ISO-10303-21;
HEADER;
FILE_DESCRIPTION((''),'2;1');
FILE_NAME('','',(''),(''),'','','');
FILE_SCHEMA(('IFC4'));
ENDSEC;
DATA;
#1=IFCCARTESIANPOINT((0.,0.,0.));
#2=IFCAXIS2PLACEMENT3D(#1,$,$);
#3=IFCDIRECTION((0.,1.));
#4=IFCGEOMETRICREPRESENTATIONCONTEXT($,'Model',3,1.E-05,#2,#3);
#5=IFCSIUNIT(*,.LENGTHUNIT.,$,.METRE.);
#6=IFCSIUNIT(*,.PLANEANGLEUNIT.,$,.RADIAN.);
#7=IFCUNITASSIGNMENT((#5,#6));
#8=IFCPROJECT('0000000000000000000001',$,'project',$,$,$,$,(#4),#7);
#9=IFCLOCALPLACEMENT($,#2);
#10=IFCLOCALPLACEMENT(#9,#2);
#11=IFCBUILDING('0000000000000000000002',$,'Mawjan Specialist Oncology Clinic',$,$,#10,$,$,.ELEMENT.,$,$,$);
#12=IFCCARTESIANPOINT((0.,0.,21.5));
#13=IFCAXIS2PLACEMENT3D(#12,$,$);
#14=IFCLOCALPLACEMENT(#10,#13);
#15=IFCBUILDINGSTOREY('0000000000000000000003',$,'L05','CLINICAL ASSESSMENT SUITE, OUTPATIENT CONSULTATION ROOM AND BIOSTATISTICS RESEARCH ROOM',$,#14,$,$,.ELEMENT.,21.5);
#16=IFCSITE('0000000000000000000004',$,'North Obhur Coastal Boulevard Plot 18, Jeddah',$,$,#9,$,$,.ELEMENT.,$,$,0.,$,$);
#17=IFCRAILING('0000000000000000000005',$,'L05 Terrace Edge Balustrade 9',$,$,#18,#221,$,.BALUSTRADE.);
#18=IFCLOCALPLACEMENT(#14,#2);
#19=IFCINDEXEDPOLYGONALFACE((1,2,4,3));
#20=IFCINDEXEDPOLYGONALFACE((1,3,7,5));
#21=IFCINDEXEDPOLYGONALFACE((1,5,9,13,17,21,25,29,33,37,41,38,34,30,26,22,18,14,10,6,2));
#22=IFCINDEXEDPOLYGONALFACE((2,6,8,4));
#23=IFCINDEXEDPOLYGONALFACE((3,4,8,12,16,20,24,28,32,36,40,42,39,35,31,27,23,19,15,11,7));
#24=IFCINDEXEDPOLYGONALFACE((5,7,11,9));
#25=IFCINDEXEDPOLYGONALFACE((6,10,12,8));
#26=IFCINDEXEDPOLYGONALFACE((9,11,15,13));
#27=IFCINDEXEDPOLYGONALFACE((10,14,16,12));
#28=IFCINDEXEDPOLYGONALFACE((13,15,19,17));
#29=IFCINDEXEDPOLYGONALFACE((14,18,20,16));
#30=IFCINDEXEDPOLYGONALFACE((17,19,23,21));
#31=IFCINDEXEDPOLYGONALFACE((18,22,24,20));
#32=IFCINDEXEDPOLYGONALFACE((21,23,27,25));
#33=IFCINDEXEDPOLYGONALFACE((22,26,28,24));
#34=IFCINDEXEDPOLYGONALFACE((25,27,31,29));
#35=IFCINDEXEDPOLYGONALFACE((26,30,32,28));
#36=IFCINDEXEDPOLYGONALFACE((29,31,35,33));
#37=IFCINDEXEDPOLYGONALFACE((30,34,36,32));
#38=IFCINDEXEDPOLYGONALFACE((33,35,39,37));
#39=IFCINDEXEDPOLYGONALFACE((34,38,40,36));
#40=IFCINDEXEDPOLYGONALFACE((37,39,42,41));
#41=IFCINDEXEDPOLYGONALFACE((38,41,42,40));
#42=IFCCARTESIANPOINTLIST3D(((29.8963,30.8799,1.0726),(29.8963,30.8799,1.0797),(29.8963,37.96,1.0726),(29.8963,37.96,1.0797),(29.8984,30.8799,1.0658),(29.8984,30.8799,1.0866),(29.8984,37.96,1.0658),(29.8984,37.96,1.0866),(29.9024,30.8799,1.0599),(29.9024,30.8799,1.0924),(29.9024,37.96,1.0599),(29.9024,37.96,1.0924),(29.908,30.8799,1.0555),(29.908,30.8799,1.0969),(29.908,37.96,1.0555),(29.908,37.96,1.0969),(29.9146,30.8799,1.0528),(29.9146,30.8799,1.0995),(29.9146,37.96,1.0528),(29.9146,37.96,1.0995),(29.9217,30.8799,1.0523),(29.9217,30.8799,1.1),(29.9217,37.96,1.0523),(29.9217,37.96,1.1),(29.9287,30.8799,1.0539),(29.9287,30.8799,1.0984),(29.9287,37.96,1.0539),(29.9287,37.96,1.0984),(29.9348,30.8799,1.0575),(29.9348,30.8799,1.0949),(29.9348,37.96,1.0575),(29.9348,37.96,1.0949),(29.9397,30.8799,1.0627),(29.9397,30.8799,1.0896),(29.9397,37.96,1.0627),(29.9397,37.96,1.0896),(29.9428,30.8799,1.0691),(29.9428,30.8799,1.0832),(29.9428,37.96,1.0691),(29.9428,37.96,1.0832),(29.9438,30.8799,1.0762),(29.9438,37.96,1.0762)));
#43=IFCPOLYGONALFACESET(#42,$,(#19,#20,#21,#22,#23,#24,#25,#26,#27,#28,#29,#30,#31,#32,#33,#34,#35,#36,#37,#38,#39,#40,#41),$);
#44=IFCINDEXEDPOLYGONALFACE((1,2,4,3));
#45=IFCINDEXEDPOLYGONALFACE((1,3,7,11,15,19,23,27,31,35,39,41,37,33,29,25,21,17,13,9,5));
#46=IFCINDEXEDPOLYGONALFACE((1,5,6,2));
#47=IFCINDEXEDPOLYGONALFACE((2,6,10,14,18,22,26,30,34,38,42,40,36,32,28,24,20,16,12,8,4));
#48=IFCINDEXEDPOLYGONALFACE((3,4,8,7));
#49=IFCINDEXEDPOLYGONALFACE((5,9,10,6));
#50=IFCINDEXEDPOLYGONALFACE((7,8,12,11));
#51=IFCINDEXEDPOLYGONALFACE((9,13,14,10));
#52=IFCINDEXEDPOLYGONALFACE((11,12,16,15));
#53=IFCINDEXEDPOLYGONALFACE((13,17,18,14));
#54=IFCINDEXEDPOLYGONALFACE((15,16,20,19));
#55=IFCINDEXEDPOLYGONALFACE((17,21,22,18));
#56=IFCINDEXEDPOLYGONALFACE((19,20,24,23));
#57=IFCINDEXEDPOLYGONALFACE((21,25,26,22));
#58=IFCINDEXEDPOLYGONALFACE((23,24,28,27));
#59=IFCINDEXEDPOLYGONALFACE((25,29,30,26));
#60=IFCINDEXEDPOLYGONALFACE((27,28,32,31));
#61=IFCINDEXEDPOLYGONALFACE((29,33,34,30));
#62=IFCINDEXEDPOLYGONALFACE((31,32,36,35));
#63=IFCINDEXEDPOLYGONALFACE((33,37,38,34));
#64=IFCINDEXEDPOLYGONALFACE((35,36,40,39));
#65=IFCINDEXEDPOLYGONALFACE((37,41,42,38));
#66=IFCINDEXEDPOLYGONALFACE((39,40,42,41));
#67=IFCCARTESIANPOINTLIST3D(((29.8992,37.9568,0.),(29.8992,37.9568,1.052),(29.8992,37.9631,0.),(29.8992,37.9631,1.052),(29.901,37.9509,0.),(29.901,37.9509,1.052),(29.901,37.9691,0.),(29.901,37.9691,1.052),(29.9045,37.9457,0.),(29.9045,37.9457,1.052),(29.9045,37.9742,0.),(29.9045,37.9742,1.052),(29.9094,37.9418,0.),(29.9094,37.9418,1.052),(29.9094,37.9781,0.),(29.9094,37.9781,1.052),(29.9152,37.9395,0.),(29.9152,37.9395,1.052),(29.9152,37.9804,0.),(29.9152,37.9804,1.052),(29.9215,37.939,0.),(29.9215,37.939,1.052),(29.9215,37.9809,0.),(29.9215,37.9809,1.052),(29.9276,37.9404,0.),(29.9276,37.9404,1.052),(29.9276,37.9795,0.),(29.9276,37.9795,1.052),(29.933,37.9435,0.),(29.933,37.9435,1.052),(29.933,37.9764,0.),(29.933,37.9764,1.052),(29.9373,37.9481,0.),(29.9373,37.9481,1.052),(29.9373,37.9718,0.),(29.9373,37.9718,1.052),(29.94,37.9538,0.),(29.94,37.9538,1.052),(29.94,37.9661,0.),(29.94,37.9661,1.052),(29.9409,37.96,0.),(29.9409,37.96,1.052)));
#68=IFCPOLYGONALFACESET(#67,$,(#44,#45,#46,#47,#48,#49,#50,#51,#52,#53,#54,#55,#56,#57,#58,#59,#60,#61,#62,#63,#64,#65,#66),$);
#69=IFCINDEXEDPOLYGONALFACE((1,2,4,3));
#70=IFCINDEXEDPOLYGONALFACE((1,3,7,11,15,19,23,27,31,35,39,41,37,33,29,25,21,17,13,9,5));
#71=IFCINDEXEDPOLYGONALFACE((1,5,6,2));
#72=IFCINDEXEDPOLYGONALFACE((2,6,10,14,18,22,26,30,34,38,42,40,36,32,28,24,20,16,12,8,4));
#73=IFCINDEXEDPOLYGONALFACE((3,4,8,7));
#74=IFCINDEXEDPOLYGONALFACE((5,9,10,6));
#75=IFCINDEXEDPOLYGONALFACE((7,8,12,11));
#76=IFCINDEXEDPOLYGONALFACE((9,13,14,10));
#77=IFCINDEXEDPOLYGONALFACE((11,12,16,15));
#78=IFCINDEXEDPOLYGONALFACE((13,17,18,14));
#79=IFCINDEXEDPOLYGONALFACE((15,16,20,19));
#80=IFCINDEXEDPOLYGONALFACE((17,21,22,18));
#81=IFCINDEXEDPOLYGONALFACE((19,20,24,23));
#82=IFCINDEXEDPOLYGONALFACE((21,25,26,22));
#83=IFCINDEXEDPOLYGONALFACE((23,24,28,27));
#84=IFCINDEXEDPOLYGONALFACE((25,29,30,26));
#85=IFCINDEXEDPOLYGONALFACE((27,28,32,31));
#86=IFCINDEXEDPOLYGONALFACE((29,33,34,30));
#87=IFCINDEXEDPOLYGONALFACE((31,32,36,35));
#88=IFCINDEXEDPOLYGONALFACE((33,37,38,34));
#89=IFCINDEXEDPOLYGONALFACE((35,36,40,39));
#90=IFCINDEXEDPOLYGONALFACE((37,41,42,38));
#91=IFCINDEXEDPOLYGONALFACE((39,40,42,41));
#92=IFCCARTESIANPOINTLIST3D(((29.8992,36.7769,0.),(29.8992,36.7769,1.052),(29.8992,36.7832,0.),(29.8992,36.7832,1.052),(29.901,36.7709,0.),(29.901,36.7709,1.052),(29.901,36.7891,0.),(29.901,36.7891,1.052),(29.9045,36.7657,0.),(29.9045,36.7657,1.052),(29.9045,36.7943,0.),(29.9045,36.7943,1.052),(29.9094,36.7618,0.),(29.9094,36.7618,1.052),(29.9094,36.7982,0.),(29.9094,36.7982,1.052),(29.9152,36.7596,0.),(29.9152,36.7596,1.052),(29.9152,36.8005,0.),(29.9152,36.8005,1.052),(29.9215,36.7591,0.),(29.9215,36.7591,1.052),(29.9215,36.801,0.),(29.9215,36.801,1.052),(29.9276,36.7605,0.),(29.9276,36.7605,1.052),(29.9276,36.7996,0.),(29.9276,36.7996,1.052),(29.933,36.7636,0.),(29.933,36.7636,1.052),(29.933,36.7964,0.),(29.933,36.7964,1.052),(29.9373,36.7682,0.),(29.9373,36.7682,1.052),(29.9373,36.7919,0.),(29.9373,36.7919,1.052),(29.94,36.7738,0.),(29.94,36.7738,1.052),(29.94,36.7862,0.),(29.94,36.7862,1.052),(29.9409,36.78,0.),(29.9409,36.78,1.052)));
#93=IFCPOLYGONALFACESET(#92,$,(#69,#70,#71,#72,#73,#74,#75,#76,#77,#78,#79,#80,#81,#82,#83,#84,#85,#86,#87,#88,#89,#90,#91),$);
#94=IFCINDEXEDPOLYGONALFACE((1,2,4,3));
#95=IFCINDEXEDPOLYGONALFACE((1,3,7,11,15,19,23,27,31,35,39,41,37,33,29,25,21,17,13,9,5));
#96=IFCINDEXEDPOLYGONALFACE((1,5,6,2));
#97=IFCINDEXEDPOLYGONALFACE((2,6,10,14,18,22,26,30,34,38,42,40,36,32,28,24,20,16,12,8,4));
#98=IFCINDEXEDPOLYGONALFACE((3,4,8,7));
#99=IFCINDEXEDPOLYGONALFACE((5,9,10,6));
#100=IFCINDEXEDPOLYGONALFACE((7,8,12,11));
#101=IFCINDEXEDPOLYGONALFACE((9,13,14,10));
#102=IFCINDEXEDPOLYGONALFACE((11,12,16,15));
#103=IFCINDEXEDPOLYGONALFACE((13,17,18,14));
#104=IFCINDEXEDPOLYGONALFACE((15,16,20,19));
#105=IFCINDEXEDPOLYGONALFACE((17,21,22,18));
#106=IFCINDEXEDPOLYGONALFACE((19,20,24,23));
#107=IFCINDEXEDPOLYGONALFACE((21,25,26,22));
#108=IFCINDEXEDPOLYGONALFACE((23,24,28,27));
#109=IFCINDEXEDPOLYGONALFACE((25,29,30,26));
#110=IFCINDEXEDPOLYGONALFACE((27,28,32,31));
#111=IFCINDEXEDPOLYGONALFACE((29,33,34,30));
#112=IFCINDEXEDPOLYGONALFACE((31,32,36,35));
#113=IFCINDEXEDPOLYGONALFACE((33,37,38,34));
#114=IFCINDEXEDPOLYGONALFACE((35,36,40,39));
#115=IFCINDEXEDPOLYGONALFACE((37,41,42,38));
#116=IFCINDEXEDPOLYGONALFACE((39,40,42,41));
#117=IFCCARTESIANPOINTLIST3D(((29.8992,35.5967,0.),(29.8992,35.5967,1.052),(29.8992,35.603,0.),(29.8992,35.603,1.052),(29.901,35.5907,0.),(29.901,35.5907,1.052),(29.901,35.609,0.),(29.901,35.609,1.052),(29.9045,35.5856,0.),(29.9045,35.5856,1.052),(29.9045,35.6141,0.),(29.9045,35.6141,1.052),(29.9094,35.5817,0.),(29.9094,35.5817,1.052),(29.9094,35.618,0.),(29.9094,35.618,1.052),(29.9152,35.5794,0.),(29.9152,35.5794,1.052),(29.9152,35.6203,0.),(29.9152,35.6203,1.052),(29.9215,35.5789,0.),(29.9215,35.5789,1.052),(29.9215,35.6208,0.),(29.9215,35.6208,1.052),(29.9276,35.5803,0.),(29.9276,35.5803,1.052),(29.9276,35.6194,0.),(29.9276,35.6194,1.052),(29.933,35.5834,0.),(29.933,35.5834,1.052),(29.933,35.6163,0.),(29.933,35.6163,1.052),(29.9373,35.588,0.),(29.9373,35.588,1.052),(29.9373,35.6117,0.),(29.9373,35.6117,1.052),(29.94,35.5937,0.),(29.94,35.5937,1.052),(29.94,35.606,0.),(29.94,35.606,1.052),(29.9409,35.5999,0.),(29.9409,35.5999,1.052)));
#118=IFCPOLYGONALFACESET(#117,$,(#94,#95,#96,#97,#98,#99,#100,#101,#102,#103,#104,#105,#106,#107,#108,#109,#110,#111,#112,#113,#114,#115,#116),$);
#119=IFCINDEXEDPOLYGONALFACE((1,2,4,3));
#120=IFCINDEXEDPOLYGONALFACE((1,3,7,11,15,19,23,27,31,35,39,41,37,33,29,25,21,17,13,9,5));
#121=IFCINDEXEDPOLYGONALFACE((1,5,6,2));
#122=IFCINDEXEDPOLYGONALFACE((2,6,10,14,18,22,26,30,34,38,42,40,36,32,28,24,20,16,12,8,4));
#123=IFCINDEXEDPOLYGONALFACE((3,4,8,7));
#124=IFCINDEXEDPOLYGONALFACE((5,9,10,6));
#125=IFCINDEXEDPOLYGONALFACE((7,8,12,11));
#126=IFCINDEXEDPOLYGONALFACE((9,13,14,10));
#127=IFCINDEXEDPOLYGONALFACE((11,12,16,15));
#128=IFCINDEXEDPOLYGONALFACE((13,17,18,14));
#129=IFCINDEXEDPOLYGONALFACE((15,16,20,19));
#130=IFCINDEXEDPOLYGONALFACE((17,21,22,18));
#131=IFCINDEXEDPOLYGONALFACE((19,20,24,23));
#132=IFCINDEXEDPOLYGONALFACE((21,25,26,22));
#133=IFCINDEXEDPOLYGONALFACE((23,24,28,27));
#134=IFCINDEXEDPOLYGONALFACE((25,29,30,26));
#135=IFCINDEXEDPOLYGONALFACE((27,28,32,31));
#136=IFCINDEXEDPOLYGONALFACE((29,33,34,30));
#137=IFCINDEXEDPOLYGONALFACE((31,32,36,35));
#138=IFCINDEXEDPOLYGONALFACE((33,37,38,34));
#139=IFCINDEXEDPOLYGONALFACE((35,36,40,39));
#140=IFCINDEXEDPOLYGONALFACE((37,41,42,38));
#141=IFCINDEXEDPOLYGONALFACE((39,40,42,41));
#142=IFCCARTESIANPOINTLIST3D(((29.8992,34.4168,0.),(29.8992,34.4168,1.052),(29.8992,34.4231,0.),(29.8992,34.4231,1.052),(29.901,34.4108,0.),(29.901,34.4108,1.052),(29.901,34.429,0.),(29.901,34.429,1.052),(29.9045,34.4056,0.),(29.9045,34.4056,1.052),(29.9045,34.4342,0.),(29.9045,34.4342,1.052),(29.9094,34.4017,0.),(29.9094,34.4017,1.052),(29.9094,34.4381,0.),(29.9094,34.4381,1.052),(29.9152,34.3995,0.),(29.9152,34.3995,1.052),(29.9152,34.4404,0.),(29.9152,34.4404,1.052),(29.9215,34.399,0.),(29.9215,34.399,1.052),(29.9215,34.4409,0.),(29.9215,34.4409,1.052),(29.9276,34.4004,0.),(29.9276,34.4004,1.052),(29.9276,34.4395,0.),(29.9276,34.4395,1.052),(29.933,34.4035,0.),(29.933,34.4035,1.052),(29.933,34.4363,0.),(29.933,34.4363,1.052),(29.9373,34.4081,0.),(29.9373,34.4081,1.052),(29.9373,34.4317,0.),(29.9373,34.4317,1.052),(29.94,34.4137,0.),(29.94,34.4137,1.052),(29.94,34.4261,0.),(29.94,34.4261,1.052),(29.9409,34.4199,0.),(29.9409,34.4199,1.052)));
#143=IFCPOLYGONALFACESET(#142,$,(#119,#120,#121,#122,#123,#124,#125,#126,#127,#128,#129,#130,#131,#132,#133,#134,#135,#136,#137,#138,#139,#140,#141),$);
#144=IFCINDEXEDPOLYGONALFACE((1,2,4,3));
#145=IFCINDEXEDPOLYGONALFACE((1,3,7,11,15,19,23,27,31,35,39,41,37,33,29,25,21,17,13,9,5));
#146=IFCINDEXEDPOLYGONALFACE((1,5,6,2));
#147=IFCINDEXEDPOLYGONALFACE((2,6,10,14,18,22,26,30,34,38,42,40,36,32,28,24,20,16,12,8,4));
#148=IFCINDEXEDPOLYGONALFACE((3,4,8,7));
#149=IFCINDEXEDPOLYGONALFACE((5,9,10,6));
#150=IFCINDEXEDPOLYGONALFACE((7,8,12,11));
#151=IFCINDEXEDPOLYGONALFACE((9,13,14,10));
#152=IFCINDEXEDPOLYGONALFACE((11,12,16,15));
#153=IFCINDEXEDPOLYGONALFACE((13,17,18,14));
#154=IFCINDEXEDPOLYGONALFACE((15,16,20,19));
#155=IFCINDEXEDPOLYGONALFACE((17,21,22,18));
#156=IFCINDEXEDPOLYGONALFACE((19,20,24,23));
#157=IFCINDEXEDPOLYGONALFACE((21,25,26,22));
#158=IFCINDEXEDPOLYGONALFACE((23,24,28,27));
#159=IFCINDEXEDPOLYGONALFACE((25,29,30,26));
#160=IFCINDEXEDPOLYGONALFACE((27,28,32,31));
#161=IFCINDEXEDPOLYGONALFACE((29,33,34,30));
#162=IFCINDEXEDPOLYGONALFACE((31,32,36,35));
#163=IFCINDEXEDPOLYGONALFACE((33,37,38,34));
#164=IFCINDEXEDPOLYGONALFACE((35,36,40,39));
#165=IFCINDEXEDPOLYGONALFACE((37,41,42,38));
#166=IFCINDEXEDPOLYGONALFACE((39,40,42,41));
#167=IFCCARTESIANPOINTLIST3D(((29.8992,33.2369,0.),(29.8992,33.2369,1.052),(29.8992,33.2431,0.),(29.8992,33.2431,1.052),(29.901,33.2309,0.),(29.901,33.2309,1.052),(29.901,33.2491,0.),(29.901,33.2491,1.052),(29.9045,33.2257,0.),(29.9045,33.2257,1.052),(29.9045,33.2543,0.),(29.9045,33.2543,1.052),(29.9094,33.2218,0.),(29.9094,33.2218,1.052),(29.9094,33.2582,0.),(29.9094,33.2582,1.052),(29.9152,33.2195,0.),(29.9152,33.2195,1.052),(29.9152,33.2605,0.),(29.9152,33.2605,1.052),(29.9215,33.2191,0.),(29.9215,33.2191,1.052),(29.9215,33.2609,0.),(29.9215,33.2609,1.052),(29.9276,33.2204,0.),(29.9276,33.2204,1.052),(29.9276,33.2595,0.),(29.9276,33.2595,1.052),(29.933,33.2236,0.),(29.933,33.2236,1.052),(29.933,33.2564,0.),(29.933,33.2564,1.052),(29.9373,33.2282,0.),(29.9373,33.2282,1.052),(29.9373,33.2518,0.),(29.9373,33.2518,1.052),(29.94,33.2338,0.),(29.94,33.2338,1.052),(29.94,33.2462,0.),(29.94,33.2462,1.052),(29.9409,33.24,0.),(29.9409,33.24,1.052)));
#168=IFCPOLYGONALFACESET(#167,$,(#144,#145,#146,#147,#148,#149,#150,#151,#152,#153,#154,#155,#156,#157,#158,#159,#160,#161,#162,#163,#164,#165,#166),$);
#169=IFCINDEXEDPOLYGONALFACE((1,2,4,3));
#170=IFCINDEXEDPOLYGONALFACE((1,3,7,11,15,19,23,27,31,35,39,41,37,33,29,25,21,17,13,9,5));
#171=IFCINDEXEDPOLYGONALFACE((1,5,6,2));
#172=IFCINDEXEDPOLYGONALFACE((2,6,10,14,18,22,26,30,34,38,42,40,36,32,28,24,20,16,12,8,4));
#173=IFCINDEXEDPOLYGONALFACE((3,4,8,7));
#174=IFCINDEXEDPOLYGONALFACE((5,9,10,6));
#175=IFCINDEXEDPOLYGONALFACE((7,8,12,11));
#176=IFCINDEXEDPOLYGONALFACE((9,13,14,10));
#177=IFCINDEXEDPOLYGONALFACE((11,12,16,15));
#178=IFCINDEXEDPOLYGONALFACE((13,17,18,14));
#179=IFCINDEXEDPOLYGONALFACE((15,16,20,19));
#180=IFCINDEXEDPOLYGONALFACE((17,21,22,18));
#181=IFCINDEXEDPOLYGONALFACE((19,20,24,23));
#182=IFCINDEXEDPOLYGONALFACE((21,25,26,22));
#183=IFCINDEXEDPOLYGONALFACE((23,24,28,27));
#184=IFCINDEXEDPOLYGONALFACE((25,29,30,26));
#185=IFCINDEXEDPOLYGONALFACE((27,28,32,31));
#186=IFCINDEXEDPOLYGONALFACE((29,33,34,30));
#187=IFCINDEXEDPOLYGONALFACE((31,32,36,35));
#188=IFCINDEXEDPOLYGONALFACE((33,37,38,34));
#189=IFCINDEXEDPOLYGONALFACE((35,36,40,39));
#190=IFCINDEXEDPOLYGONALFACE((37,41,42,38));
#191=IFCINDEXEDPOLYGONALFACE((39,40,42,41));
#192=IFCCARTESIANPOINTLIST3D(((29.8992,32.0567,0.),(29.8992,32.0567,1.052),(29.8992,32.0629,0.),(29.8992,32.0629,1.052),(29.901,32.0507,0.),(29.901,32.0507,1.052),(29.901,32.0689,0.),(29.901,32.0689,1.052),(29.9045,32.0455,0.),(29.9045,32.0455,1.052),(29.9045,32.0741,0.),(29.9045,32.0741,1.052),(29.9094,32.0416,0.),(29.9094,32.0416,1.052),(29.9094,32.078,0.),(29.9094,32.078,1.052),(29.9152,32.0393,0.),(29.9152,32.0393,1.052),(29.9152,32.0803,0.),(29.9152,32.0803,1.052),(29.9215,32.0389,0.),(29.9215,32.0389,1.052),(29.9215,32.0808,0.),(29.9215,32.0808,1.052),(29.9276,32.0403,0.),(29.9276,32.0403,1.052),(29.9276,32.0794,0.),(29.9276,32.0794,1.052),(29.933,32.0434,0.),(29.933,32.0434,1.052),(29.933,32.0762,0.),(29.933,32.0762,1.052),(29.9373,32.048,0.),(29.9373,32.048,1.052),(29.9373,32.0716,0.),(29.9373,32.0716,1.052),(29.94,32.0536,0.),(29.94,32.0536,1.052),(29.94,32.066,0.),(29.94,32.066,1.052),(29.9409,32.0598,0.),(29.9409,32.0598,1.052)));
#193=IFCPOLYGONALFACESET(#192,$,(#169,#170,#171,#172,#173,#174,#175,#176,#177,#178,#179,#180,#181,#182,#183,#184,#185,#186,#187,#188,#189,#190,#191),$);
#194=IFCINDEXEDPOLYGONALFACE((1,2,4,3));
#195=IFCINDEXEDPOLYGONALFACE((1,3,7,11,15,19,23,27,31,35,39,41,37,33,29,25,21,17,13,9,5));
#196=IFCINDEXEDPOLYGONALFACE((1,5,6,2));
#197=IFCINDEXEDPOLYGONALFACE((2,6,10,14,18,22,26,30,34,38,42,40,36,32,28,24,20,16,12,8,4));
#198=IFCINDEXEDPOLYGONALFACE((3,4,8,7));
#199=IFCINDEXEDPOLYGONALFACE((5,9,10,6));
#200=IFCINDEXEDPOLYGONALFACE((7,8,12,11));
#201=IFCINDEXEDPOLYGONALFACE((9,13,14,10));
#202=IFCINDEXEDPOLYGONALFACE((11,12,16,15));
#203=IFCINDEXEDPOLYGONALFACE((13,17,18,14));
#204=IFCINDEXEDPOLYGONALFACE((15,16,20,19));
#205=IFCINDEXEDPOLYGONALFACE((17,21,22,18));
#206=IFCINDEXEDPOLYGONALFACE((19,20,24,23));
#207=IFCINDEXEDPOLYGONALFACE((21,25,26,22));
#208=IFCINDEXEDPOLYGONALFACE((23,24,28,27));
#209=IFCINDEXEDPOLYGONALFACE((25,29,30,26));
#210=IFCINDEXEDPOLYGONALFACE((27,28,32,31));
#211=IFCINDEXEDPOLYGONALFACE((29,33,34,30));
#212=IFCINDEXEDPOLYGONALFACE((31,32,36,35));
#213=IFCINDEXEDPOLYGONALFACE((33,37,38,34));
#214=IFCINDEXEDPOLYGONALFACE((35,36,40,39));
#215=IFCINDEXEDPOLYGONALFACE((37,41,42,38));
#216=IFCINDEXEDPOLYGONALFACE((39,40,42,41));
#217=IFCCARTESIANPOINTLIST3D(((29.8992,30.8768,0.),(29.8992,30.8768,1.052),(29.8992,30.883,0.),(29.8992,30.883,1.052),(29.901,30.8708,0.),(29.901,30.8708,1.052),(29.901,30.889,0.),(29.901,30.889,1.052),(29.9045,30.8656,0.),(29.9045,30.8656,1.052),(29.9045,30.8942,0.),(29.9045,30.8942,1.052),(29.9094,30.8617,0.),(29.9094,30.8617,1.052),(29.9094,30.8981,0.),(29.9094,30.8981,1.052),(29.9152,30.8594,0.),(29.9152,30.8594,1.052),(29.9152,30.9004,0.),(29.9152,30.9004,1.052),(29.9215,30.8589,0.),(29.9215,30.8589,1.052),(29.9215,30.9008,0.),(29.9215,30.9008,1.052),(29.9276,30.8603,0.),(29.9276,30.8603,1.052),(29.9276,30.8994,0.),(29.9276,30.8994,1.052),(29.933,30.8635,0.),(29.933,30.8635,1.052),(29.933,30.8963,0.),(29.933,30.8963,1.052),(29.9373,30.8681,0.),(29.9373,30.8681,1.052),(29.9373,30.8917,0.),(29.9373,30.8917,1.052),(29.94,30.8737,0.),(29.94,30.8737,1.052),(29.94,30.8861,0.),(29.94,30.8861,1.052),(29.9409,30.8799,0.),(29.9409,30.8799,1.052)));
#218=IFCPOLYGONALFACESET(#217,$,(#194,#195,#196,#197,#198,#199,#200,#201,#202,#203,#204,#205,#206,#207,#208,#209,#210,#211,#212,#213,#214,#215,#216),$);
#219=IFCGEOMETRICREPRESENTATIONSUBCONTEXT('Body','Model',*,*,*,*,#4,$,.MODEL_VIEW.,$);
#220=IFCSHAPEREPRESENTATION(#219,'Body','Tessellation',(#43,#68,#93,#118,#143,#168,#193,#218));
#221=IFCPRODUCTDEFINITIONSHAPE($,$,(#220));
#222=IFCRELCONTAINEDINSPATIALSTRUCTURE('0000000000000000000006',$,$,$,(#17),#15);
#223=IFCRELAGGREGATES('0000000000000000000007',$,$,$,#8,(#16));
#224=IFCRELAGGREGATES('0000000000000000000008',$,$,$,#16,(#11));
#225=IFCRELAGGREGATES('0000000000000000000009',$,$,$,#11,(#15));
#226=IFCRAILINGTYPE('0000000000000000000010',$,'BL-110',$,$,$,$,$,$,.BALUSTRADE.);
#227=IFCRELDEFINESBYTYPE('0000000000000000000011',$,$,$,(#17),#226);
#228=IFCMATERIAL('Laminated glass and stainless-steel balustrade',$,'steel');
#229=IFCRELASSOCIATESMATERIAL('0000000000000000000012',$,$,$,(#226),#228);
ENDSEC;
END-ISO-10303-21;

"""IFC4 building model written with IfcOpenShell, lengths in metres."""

from ifc_helpers import new_model, si_unit, direction, frame, origin, origin_2d, place, context, subcontext, project, spatial, circle, extrude, material, type_object, element, save


model = new_model("IFC4")

# Units and contexts
model_context = context("Model", 3, precision=1e-05, world=origin(), true_north=direction((0.0, 1.0)))
body_context = subcontext(model_context, "Body", "Model", "MODEL_VIEW")
ifc_project = project(units=[si_unit("LENGTHUNIT", "METRE"), si_unit("PLANEANGLEUNIT", "RADIAN")], contexts=[model_context])

# Site, building, storey
site_placement = place(None, origin())
site = spatial("IfcSite", under=ifc_project, at=site_placement, Name="North Obhur Coastal Boulevard Plot 18, Jeddah", CompositionType="ELEMENT", RefElevation=0.0)
building_placement = place(site_placement, origin())
building = spatial("IfcBuilding", under=site, at=building_placement, Name="Mawjan Specialist Oncology Clinic", CompositionType="ELEMENT")
storey_placement = place(building_placement, frame((0.0, 0.0, 21.5)))
storey = spatial("IfcBuildingStorey", under=building, at=storey_placement, Name="L05", Description="CLINICAL ASSESSMENT SUITE, OUTPATIENT CONSULTATION ROOM AND BIOSTATISTICS RESEARCH ROOM", CompositionType="ELEMENT", Elevation=21.5)

# Railing
ifc_material_1 = material(Name="Laminated glass and stainless-steel balustrade", Category="steel")
railing_type = type_object("IfcRailingType", Name="BL-110", PredefinedType="BALUSTRADE", material=ifc_material_1)
railing_1_placement = place(storey_placement, frame((29.9199, 37.96, 0.0)))
element("IfcRailing", 1, at=railing_1_placement, inside=storey, type_object=railing_type, Name="L05 Terrace Edge Balustrade 9", PredefinedType="BALUSTRADE", context=body_context, shape_type="SweptSolid", body=[
    extrude(circle(Radius=0.0239, at=origin_2d()), frame((0.0, 0.0, 1.0762), z_axis=(0.0, -1.0, 0.0), x_axis=(1.0, 0.0, 0.0)), (0.0, 0.0, 1.0), 7.0801),
    extrude(circle(Radius=0.021, at=origin_2d()), origin(), (0.0, 0.0, 1.0), 1.052),
    extrude(circle(Radius=0.021, at=origin_2d()), frame((0.0, -1.1799, 0.0)), (0.0, 0.0, 1.0), 1.052),
    extrude(circle(Radius=0.021, at=origin_2d()), frame((0.0, -2.3601, 0.0)), (0.0, 0.0, 1.0), 1.052),
    extrude(circle(Radius=0.021, at=origin_2d()), frame((0.0, -3.54, 0.0)), (0.0, 0.0, 1.0), 1.052),
    extrude(circle(Radius=0.021, at=origin_2d()), frame((0.0, -4.72, 0.0)), (0.0, 0.0, 1.0), 1.052),
    extrude(circle(Radius=0.021, at=origin_2d()), frame((0.0, -5.9001, 0.0)), (0.0, 0.0, 1.0), 1.052),
    extrude(circle(Radius=0.021, at=origin_2d()), frame((0.0, -7.0801, 0.0)), (0.0, 0.0, 1.0), 1.052),
])

save(model, "model.ifc")
